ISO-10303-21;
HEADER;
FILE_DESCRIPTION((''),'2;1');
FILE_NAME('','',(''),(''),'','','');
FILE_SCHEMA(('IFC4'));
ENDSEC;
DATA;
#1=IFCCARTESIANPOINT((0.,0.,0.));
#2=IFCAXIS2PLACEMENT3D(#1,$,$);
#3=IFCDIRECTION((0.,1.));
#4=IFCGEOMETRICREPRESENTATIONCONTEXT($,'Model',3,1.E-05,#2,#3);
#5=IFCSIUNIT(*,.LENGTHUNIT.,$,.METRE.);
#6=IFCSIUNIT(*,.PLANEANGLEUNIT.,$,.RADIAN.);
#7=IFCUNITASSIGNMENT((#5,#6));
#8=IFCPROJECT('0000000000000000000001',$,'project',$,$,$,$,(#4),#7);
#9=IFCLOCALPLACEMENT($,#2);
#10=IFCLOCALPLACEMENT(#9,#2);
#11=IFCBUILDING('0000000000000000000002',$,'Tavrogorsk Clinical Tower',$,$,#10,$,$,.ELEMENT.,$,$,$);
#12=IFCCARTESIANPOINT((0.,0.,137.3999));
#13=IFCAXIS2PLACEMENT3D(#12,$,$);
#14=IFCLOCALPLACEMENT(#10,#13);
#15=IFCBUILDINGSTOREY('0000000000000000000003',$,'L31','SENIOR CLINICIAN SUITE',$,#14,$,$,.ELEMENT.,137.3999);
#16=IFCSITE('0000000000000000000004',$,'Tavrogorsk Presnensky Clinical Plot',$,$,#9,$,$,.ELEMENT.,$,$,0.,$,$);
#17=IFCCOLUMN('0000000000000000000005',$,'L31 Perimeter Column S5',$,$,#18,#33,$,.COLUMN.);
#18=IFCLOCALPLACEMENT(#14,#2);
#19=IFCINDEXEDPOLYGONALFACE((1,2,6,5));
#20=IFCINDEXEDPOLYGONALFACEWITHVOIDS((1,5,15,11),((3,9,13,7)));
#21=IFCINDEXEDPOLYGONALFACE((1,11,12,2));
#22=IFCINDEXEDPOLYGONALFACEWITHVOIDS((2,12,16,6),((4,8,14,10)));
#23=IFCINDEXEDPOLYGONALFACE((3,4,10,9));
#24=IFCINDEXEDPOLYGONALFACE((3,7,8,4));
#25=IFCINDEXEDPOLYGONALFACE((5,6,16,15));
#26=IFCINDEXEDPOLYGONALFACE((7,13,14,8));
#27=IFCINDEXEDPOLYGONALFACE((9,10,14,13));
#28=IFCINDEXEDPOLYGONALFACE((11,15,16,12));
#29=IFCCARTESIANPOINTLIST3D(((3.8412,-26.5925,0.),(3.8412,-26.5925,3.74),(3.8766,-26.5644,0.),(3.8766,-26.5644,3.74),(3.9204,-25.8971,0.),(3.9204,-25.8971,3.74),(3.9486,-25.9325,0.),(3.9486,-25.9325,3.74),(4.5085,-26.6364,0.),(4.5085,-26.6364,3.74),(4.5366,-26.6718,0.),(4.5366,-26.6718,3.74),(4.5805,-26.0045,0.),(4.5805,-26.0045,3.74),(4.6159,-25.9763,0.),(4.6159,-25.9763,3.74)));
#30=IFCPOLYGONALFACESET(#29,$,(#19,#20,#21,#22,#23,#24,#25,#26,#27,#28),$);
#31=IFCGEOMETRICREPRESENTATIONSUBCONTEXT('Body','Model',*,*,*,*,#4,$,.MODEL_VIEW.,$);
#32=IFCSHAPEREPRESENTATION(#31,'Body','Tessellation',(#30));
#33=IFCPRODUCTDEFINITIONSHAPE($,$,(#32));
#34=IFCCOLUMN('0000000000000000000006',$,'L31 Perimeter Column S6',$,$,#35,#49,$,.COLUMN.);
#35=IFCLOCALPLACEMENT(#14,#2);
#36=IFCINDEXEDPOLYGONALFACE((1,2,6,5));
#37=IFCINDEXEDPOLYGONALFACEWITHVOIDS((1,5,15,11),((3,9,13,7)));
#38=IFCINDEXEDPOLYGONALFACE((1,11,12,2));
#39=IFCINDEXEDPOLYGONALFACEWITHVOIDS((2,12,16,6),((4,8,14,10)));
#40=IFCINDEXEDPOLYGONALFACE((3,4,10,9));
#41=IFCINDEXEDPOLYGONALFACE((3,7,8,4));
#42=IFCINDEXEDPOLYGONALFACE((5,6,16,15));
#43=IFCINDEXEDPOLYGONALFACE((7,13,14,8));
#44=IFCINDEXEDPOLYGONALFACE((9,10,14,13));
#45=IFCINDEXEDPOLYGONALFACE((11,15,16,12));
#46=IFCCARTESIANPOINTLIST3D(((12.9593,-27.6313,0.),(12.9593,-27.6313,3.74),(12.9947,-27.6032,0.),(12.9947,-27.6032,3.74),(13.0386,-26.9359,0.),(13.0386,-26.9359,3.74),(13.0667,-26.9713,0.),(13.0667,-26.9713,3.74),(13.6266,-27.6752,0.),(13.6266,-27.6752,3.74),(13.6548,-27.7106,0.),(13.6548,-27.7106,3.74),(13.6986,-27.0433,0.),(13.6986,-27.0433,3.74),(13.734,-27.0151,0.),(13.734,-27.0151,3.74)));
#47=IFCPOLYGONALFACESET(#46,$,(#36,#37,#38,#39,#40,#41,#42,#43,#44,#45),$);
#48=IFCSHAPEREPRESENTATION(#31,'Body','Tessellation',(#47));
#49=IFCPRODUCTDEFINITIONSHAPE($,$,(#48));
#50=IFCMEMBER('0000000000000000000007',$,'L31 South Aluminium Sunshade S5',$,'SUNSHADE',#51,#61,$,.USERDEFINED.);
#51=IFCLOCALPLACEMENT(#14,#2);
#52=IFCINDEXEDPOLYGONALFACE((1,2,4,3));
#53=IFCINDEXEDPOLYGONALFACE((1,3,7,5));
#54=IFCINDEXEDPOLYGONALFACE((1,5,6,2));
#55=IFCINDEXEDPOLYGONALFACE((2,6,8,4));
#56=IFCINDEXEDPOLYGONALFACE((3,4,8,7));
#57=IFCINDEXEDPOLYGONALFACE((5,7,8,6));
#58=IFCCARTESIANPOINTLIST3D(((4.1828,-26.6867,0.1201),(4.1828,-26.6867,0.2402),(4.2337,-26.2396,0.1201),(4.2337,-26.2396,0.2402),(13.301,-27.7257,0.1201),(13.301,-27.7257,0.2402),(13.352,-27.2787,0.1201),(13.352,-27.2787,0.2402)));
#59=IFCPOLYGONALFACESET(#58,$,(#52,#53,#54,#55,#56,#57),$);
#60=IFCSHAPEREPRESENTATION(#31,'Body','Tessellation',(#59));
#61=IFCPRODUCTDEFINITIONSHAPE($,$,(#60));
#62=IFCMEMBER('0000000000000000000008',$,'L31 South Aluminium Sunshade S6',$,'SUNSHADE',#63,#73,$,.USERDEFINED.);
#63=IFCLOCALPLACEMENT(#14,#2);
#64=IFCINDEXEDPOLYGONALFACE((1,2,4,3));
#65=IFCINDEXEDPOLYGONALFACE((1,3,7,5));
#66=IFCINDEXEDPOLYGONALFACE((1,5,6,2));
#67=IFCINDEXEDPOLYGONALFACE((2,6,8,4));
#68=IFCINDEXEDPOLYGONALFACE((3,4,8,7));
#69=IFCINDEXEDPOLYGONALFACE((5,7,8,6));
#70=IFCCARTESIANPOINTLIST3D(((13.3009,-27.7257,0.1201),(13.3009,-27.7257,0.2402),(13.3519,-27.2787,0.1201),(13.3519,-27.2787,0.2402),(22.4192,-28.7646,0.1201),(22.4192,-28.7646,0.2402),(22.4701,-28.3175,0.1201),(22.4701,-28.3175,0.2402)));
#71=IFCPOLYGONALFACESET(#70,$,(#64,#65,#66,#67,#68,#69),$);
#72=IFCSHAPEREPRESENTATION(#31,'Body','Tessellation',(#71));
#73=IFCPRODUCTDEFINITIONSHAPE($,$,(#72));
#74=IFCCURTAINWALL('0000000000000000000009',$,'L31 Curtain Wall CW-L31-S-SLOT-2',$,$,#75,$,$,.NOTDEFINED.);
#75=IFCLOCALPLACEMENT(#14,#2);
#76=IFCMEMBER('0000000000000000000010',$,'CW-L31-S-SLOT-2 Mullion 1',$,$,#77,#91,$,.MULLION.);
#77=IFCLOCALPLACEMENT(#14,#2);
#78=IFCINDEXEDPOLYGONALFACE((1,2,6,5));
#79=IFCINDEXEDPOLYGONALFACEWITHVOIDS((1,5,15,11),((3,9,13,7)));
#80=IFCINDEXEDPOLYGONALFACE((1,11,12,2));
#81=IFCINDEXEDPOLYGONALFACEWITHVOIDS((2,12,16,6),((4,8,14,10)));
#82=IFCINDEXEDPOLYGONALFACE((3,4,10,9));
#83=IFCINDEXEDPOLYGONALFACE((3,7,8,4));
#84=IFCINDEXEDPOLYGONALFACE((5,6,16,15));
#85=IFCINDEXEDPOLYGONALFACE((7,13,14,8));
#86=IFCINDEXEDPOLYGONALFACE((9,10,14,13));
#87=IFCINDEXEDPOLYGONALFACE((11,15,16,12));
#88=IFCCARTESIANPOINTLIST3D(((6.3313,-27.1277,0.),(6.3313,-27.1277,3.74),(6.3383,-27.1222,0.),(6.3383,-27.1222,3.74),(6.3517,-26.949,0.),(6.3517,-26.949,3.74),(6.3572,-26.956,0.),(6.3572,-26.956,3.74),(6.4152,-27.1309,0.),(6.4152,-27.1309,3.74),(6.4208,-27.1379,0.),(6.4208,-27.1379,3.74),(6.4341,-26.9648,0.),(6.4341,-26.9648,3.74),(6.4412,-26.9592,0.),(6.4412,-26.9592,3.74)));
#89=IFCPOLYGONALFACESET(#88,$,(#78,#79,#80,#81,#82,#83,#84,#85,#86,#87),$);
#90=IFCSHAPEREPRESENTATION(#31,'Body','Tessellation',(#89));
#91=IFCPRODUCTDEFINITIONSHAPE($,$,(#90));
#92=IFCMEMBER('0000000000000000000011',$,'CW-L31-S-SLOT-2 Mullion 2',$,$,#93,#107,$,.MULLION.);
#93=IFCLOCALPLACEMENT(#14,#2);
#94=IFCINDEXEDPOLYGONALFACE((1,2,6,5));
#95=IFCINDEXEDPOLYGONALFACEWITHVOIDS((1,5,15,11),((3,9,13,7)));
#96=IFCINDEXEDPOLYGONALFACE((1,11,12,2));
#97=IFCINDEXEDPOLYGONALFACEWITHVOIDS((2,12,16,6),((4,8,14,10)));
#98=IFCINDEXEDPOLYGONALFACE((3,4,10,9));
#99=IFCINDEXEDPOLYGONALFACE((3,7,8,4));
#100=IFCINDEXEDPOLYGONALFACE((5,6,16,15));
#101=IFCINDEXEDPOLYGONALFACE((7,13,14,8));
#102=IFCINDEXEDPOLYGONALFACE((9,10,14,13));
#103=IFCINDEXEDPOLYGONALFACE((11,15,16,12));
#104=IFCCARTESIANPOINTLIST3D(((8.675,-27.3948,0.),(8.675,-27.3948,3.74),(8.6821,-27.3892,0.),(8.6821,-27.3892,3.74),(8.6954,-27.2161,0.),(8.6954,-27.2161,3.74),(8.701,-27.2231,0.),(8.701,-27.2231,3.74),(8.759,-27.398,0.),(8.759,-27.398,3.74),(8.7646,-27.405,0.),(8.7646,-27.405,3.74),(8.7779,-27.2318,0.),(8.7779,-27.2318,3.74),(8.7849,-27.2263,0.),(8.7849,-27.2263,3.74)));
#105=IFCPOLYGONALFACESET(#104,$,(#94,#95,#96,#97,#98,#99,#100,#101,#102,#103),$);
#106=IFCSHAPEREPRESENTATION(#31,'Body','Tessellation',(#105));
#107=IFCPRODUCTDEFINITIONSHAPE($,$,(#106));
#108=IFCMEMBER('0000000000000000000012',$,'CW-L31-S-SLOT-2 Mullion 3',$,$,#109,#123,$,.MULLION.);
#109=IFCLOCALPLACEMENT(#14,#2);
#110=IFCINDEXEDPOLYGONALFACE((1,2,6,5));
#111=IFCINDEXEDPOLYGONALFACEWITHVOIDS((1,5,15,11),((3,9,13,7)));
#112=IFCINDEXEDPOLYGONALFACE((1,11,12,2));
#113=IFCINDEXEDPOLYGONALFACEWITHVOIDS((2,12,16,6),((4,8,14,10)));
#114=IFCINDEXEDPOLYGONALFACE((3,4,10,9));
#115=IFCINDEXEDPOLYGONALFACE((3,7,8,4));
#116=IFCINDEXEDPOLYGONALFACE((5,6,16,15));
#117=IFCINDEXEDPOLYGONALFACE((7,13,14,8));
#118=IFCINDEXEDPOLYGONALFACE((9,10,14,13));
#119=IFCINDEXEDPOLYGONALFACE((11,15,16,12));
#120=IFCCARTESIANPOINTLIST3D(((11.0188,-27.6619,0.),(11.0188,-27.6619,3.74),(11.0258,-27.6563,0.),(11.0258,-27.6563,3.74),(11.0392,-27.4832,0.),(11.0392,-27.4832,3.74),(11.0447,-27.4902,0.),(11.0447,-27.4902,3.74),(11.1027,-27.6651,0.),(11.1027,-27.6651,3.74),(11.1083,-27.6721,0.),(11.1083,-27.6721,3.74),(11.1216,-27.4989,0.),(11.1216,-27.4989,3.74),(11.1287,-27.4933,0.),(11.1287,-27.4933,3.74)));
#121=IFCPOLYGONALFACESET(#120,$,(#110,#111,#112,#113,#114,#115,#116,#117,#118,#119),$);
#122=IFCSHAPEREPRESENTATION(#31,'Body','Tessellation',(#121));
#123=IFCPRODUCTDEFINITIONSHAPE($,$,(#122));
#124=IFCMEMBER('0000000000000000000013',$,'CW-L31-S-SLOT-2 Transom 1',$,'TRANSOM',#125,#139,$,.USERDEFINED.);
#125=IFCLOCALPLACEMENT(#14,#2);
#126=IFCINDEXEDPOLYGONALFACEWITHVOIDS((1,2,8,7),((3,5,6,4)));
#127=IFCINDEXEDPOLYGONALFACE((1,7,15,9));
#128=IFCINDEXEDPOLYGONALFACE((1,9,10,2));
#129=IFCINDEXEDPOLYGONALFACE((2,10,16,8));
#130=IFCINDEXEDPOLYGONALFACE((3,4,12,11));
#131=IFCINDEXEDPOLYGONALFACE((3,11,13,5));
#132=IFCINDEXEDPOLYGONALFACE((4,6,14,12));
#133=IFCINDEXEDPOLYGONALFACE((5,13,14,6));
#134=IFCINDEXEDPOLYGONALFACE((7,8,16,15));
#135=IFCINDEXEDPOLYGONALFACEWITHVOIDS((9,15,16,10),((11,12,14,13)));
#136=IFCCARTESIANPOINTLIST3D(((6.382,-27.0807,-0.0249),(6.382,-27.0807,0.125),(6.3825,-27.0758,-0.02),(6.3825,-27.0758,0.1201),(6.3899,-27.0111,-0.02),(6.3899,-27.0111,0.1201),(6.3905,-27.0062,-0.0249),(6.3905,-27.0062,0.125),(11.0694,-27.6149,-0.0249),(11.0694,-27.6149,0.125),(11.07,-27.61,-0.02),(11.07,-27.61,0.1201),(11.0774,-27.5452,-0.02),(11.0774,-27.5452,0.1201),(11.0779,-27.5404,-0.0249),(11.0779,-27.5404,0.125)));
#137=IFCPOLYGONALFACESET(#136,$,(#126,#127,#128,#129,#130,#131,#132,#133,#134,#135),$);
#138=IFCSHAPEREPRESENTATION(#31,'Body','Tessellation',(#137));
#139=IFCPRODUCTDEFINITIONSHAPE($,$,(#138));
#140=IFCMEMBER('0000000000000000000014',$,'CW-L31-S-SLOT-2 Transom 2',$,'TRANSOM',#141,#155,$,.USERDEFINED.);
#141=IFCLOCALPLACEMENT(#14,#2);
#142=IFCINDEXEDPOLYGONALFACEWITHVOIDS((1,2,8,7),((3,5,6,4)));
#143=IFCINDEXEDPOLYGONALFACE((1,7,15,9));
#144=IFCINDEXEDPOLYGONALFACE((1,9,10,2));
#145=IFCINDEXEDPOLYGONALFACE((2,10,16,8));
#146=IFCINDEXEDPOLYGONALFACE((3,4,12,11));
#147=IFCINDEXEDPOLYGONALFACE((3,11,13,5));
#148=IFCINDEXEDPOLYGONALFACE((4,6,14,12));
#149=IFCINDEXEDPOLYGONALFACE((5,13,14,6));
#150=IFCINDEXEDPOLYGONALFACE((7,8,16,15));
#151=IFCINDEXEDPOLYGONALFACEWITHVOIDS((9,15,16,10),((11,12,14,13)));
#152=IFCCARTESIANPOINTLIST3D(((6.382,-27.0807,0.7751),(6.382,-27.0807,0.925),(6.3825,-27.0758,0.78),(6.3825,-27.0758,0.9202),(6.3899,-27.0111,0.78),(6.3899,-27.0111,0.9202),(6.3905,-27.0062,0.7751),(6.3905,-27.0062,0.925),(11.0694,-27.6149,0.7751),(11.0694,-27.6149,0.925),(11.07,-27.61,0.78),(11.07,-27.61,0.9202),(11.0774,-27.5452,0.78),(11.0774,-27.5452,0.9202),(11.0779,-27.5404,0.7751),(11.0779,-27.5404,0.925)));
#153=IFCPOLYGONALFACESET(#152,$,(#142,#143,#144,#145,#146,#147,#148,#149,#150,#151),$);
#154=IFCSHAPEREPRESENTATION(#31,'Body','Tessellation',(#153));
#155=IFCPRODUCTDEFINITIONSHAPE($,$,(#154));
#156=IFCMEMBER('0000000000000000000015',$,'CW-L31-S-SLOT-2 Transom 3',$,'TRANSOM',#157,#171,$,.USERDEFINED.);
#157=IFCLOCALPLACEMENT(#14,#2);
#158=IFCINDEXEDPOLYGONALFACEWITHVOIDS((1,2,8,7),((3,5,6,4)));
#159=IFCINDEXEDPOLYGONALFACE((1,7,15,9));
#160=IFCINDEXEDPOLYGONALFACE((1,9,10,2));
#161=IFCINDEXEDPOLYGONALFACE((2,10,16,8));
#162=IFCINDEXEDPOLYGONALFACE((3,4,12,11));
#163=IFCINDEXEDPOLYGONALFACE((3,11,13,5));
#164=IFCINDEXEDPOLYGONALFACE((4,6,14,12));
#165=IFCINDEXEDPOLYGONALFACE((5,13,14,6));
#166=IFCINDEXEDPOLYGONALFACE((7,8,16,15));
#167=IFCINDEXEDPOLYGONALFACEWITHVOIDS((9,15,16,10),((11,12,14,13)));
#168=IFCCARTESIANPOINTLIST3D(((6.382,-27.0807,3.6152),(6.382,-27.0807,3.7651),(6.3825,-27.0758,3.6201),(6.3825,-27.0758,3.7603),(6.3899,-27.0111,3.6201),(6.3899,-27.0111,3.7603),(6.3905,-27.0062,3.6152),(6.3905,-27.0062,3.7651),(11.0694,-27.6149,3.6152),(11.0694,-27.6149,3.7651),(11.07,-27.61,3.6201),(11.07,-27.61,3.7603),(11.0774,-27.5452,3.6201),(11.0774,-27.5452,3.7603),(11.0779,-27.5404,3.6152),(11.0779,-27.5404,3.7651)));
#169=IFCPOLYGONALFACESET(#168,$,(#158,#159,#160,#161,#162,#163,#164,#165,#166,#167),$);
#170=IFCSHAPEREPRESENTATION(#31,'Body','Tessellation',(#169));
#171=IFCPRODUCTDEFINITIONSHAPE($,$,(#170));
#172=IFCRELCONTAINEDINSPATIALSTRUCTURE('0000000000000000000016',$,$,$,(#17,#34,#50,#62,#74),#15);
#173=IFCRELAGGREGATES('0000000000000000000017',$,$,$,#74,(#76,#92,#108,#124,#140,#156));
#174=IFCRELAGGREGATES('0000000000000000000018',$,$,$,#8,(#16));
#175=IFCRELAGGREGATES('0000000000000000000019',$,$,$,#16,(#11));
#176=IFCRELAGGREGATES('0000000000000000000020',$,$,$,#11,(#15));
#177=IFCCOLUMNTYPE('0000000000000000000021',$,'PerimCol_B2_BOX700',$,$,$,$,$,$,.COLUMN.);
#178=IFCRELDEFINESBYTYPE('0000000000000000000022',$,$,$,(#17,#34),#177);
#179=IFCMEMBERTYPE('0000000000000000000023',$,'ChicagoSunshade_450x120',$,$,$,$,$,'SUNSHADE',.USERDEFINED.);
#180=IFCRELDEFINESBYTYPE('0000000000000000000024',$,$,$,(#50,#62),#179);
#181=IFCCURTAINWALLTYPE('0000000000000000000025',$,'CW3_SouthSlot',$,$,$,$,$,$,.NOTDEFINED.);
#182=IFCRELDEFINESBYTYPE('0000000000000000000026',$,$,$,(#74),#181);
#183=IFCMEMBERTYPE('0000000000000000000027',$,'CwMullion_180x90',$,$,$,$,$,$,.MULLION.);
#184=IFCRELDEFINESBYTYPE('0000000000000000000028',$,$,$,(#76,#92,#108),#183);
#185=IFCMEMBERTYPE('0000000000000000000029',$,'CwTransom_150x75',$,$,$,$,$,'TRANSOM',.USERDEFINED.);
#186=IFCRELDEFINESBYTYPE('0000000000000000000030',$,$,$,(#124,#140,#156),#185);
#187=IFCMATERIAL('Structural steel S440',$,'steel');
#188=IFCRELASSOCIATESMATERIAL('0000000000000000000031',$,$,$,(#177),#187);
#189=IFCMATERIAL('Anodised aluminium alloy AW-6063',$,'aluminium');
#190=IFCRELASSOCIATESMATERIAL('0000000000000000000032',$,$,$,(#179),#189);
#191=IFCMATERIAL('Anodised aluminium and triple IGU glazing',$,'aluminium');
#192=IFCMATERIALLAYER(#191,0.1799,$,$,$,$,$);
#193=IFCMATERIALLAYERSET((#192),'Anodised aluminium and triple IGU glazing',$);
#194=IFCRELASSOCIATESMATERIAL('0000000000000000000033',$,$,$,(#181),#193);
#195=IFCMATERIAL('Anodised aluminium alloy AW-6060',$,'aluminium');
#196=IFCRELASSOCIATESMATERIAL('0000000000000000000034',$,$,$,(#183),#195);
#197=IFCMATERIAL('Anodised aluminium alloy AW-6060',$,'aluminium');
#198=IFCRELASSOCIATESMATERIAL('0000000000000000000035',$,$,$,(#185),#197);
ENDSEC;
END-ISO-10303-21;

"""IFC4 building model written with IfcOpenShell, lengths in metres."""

from ifc_helpers import new_model, si_unit, direction, frame, origin, origin_2d, place, context, subcontext, project, spatial, rectangle, hollow_rectangle, extrude, material, layer, layer_set, material_profile, profile_set, type_object, element, aggregate, save


model = new_model("IFC4")

# Units and contexts
model_context = context("Model", 3, precision=1e-05, world=origin(), true_north=direction((0.0, 1.0)))
body_context = subcontext(model_context, "Body", "Model", "MODEL_VIEW")
ifc_project = project(units=[si_unit("LENGTHUNIT", "METRE"), si_unit("PLANEANGLEUNIT", "RADIAN")], contexts=[model_context])

# Site, building, storey
site_placement = place(None, origin())
site = spatial("IfcSite", under=ifc_project, at=site_placement, Name="Tavrogorsk Presnensky Clinical Plot", CompositionType="ELEMENT", RefElevation=0.0)
building_placement = place(site_placement, origin())
building = spatial("IfcBuilding", under=site, at=building_placement, Name="Tavrogorsk Clinical Tower", CompositionType="ELEMENT")
storey_placement = place(building_placement, frame((0.0, 0.0, 137.3999)))
storey = spatial("IfcBuildingStorey", under=building, at=storey_placement, Name="L31", Description="SENIOR CLINICIAN SUITE", CompositionType="ELEMENT", Elevation=137.3999)

# Columns
ifc_material_1 = material(Name="Structural steel S440", Category="steel")
ifc_material_profile_1 = material_profile(ifc_material_1, hollow_rectangle(XDim=0.7, YDim=0.7, WallThickness=0.032, at=origin_2d()), Name="BOX-700x700x32")
ifc_profile_set_1 = profile_set([ifc_material_profile_1], Name="Structural steel S440")
column_type = type_object("IfcColumnType", Name="PerimCol_B2_BOX700", PredefinedType="COLUMN", material=ifc_profile_set_1)
for number, where, z_axis, x_axis, name in (
    (1, (4.2285, -26.2844, 0.0), (0.0, 0.0, 1.0), (0.993572, -0.113203, 0.0), "L31 Perimeter Column S5"),
    (2, (13.3467, -27.3232, 0.0), (0.0, 0.0, 1.0), (0.993572, -0.113203, 0.0), "L31 Perimeter Column S6"),
):
    element("IfcColumn", number, at=place(storey_placement, frame(where, z_axis=z_axis, x_axis=x_axis)), inside=storey, type_object=column_type, Name=name, PredefinedType="COLUMN", context=body_context, shape_type="SweptSolid", body=[
        extrude(hollow_rectangle(XDim=0.7, YDim=0.7, WallThickness=0.032, at=origin_2d()), origin(), (0.0, 0.0, 1.0), 3.74),
    ])

# Members
ifc_material_2 = material(Name="Anodised aluminium alloy AW-6063", Category="aluminium")
ifc_material_profile_2 = material_profile(ifc_material_2, rectangle(XDim=0.45, YDim=0.1201, at=origin_2d()), Name="ALU-SUNSHADE-450x120")
ifc_profile_set_2 = profile_set([ifc_material_profile_2], Name="Anodised aluminium alloy AW-6063")
member_type_1 = type_object("IfcMemberType", Name="ChicagoSunshade_450x120", ElementType="SUNSHADE", PredefinedType="USERDEFINED", material=ifc_profile_set_2)
for number, where, z_axis, x_axis, name in (
    (3, (4.2083, -26.4631, 0.1802), (0.99357, -0.113222, 0.0), (0.113222, 0.99357, 0.0), "L31 South Aluminium Sunshade S5"),
    (4, (13.3264, -27.5022, 0.1802), (0.993573, -0.113196, 0.0), (0.113196, 0.993573, 0.0), "L31 South Aluminium Sunshade S6"),
):
    element("IfcMember", number, at=place(storey_placement, frame(where, z_axis=z_axis, x_axis=x_axis)), inside=storey, type_object=member_type_1, Name=name, ObjectType="SUNSHADE", PredefinedType="USERDEFINED", context=body_context, shape_type="SweptSolid", body=[
        extrude(rectangle(XDim=0.45, YDim=0.1201, at=origin_2d()), origin(), (0.0, 0.0, 1.0), 9.1772),
    ])

# Curtain wall, members
ifc_material_3 = material(Name="Anodised aluminium and triple IGU glazing", Category="aluminium")
ifc_layer_1 = layer(ifc_material_3, 0.1799)
ifc_layer_set_1 = layer_set([ifc_layer_1], Name="Anodised aluminium and triple IGU glazing")
curtain_wall_type = type_object("IfcCurtainWallType", Name="CW3_SouthSlot", PredefinedType="NOTDEFINED", material=ifc_layer_set_1)
curtain_wall_placement = place(storey_placement, origin())
curtain_wall = element("IfcCurtainWall", 5, at=curtain_wall_placement, inside=storey, type_object=curtain_wall_type, Name="L31 Curtain Wall CW-L31-S-SLOT-2", PredefinedType="NOTDEFINED")
ifc_material_4 = material(Name="Anodised aluminium alloy AW-6060", Category="aluminium")
ifc_material_profile_3 = material_profile(ifc_material_4, hollow_rectangle(XDim=0.0901, YDim=0.1799, WallThickness=0.0063, at=origin_2d()), Name="RHS-180x90x6.3")
ifc_profile_set_3 = profile_set([ifc_material_profile_3], Name="Anodised aluminium alloy AW-6060")
member_type_2 = type_object("IfcMemberType", Name="CwMullion_180x90", PredefinedType="MULLION", material=ifc_profile_set_3)
member_1_placement = place(storey_placement, frame((6.3862, -27.0435, 0.0), z_axis=(0.0, 0.0, 1.0), x_axis=(0.993572, -0.113203, 0.0)))
member_1 = element("IfcMember", 6, at=member_1_placement, type_object=member_type_2, Name="CW-L31-S-SLOT-2 Mullion 1", PredefinedType="MULLION", context=body_context, shape_type="SweptSolid", body=[
    extrude(hollow_rectangle(XDim=0.0901, YDim=0.1799, WallThickness=0.0063, at=origin_2d()), origin(), (0.0, 0.0, 1.0), 3.74),
])
member_2_placement = place(storey_placement, frame((8.73, -27.3105, 0.0), z_axis=(0.0, 0.0, 1.0), x_axis=(0.993572, -0.113203, 0.0)))
member_2 = element("IfcMember", 7, at=member_2_placement, type_object=member_type_2, Name="CW-L31-S-SLOT-2 Mullion 2", PredefinedType="MULLION", context=body_context, shape_type="SweptSolid", body=[
    extrude(hollow_rectangle(XDim=0.0901, YDim=0.1799, WallThickness=0.0063, at=origin_2d()), origin(), (0.0, 0.0, 1.0), 3.74),
])
member_3_placement = place(storey_placement, frame((11.0737, -27.5776, 0.0), z_axis=(0.0, 0.0, 1.0), x_axis=(0.993572, -0.113203, 0.0)))
member_3 = element("IfcMember", 8, at=member_3_placement, type_object=member_type_2, Name="CW-L31-S-SLOT-2 Mullion 3", PredefinedType="MULLION", context=body_context, shape_type="SweptSolid", body=[
    extrude(hollow_rectangle(XDim=0.0901, YDim=0.1799, WallThickness=0.0063, at=origin_2d()), origin(), (0.0, 0.0, 1.0), 3.74),
])
ifc_material_5 = material(Name="Anodised aluminium alloy AW-6060", Category="aluminium")
ifc_material_profile_4 = material_profile(ifc_material_5, hollow_rectangle(XDim=0.075, YDim=0.1499, WallThickness=0.0049, at=origin_2d()), Name="RHS-150x75x5")
ifc_profile_set_4 = profile_set([ifc_material_profile_4], Name="Anodised aluminium alloy AW-6060")
member_type_3 = type_object("IfcMemberType", Name="CwTransom_150x75", ElementType="TRANSOM", PredefinedType="USERDEFINED", material=ifc_profile_set_4)
member_4_placement = place(storey_placement, frame((6.3862, -27.0435, 0.05), z_axis=(0.993569, -0.113226, 0.0), x_axis=(0.113226, 0.993569, 0.0)))
member_4 = element("IfcMember", 9, at=member_4_placement, type_object=member_type_3, Name="CW-L31-S-SLOT-2 Transom 1", ObjectType="TRANSOM", PredefinedType="USERDEFINED", context=body_context, shape_type="SweptSolid", body=[
    extrude(hollow_rectangle(XDim=0.075, YDim=0.1499, WallThickness=0.0049, at=origin_2d()), origin(), (0.0, 0.0, 1.0), 4.7178),
])
member_5_placement = place(storey_placement, frame((6.3862, -27.0435, 0.8501), z_axis=(0.993569, -0.113226, 0.0), x_axis=(0.113226, 0.993569, 0.0)))
member_5 = element("IfcMember", 10, at=member_5_placement, type_object=member_type_3, Name="CW-L31-S-SLOT-2 Transom 2", ObjectType="TRANSOM", PredefinedType="USERDEFINED", context=body_context, shape_type="SweptSolid", body=[
    extrude(hollow_rectangle(XDim=0.075, YDim=0.1499, WallThickness=0.0049, at=origin_2d()), origin(), (0.0, 0.0, 1.0), 4.7178),
])
member_6_placement = place(storey_placement, frame((6.3862, -27.0435, 3.6902), z_axis=(0.993569, -0.113226, 0.0), x_axis=(0.113226, 0.993569, 0.0)))
member_6 = element("IfcMember", 11, at=member_6_placement, type_object=member_type_3, Name="CW-L31-S-SLOT-2 Transom 3", ObjectType="TRANSOM", PredefinedType="USERDEFINED", context=body_context, shape_type="SweptSolid", body=[
    extrude(hollow_rectangle(XDim=0.075, YDim=0.1499, WallThickness=0.0049, at=origin_2d()), origin(), (0.0, 0.0, 1.0), 4.7178),
])

aggregate(curtain_wall, [member_1, member_2, member_3, member_4, member_5, member_6])

save(model, "model.ifc")
